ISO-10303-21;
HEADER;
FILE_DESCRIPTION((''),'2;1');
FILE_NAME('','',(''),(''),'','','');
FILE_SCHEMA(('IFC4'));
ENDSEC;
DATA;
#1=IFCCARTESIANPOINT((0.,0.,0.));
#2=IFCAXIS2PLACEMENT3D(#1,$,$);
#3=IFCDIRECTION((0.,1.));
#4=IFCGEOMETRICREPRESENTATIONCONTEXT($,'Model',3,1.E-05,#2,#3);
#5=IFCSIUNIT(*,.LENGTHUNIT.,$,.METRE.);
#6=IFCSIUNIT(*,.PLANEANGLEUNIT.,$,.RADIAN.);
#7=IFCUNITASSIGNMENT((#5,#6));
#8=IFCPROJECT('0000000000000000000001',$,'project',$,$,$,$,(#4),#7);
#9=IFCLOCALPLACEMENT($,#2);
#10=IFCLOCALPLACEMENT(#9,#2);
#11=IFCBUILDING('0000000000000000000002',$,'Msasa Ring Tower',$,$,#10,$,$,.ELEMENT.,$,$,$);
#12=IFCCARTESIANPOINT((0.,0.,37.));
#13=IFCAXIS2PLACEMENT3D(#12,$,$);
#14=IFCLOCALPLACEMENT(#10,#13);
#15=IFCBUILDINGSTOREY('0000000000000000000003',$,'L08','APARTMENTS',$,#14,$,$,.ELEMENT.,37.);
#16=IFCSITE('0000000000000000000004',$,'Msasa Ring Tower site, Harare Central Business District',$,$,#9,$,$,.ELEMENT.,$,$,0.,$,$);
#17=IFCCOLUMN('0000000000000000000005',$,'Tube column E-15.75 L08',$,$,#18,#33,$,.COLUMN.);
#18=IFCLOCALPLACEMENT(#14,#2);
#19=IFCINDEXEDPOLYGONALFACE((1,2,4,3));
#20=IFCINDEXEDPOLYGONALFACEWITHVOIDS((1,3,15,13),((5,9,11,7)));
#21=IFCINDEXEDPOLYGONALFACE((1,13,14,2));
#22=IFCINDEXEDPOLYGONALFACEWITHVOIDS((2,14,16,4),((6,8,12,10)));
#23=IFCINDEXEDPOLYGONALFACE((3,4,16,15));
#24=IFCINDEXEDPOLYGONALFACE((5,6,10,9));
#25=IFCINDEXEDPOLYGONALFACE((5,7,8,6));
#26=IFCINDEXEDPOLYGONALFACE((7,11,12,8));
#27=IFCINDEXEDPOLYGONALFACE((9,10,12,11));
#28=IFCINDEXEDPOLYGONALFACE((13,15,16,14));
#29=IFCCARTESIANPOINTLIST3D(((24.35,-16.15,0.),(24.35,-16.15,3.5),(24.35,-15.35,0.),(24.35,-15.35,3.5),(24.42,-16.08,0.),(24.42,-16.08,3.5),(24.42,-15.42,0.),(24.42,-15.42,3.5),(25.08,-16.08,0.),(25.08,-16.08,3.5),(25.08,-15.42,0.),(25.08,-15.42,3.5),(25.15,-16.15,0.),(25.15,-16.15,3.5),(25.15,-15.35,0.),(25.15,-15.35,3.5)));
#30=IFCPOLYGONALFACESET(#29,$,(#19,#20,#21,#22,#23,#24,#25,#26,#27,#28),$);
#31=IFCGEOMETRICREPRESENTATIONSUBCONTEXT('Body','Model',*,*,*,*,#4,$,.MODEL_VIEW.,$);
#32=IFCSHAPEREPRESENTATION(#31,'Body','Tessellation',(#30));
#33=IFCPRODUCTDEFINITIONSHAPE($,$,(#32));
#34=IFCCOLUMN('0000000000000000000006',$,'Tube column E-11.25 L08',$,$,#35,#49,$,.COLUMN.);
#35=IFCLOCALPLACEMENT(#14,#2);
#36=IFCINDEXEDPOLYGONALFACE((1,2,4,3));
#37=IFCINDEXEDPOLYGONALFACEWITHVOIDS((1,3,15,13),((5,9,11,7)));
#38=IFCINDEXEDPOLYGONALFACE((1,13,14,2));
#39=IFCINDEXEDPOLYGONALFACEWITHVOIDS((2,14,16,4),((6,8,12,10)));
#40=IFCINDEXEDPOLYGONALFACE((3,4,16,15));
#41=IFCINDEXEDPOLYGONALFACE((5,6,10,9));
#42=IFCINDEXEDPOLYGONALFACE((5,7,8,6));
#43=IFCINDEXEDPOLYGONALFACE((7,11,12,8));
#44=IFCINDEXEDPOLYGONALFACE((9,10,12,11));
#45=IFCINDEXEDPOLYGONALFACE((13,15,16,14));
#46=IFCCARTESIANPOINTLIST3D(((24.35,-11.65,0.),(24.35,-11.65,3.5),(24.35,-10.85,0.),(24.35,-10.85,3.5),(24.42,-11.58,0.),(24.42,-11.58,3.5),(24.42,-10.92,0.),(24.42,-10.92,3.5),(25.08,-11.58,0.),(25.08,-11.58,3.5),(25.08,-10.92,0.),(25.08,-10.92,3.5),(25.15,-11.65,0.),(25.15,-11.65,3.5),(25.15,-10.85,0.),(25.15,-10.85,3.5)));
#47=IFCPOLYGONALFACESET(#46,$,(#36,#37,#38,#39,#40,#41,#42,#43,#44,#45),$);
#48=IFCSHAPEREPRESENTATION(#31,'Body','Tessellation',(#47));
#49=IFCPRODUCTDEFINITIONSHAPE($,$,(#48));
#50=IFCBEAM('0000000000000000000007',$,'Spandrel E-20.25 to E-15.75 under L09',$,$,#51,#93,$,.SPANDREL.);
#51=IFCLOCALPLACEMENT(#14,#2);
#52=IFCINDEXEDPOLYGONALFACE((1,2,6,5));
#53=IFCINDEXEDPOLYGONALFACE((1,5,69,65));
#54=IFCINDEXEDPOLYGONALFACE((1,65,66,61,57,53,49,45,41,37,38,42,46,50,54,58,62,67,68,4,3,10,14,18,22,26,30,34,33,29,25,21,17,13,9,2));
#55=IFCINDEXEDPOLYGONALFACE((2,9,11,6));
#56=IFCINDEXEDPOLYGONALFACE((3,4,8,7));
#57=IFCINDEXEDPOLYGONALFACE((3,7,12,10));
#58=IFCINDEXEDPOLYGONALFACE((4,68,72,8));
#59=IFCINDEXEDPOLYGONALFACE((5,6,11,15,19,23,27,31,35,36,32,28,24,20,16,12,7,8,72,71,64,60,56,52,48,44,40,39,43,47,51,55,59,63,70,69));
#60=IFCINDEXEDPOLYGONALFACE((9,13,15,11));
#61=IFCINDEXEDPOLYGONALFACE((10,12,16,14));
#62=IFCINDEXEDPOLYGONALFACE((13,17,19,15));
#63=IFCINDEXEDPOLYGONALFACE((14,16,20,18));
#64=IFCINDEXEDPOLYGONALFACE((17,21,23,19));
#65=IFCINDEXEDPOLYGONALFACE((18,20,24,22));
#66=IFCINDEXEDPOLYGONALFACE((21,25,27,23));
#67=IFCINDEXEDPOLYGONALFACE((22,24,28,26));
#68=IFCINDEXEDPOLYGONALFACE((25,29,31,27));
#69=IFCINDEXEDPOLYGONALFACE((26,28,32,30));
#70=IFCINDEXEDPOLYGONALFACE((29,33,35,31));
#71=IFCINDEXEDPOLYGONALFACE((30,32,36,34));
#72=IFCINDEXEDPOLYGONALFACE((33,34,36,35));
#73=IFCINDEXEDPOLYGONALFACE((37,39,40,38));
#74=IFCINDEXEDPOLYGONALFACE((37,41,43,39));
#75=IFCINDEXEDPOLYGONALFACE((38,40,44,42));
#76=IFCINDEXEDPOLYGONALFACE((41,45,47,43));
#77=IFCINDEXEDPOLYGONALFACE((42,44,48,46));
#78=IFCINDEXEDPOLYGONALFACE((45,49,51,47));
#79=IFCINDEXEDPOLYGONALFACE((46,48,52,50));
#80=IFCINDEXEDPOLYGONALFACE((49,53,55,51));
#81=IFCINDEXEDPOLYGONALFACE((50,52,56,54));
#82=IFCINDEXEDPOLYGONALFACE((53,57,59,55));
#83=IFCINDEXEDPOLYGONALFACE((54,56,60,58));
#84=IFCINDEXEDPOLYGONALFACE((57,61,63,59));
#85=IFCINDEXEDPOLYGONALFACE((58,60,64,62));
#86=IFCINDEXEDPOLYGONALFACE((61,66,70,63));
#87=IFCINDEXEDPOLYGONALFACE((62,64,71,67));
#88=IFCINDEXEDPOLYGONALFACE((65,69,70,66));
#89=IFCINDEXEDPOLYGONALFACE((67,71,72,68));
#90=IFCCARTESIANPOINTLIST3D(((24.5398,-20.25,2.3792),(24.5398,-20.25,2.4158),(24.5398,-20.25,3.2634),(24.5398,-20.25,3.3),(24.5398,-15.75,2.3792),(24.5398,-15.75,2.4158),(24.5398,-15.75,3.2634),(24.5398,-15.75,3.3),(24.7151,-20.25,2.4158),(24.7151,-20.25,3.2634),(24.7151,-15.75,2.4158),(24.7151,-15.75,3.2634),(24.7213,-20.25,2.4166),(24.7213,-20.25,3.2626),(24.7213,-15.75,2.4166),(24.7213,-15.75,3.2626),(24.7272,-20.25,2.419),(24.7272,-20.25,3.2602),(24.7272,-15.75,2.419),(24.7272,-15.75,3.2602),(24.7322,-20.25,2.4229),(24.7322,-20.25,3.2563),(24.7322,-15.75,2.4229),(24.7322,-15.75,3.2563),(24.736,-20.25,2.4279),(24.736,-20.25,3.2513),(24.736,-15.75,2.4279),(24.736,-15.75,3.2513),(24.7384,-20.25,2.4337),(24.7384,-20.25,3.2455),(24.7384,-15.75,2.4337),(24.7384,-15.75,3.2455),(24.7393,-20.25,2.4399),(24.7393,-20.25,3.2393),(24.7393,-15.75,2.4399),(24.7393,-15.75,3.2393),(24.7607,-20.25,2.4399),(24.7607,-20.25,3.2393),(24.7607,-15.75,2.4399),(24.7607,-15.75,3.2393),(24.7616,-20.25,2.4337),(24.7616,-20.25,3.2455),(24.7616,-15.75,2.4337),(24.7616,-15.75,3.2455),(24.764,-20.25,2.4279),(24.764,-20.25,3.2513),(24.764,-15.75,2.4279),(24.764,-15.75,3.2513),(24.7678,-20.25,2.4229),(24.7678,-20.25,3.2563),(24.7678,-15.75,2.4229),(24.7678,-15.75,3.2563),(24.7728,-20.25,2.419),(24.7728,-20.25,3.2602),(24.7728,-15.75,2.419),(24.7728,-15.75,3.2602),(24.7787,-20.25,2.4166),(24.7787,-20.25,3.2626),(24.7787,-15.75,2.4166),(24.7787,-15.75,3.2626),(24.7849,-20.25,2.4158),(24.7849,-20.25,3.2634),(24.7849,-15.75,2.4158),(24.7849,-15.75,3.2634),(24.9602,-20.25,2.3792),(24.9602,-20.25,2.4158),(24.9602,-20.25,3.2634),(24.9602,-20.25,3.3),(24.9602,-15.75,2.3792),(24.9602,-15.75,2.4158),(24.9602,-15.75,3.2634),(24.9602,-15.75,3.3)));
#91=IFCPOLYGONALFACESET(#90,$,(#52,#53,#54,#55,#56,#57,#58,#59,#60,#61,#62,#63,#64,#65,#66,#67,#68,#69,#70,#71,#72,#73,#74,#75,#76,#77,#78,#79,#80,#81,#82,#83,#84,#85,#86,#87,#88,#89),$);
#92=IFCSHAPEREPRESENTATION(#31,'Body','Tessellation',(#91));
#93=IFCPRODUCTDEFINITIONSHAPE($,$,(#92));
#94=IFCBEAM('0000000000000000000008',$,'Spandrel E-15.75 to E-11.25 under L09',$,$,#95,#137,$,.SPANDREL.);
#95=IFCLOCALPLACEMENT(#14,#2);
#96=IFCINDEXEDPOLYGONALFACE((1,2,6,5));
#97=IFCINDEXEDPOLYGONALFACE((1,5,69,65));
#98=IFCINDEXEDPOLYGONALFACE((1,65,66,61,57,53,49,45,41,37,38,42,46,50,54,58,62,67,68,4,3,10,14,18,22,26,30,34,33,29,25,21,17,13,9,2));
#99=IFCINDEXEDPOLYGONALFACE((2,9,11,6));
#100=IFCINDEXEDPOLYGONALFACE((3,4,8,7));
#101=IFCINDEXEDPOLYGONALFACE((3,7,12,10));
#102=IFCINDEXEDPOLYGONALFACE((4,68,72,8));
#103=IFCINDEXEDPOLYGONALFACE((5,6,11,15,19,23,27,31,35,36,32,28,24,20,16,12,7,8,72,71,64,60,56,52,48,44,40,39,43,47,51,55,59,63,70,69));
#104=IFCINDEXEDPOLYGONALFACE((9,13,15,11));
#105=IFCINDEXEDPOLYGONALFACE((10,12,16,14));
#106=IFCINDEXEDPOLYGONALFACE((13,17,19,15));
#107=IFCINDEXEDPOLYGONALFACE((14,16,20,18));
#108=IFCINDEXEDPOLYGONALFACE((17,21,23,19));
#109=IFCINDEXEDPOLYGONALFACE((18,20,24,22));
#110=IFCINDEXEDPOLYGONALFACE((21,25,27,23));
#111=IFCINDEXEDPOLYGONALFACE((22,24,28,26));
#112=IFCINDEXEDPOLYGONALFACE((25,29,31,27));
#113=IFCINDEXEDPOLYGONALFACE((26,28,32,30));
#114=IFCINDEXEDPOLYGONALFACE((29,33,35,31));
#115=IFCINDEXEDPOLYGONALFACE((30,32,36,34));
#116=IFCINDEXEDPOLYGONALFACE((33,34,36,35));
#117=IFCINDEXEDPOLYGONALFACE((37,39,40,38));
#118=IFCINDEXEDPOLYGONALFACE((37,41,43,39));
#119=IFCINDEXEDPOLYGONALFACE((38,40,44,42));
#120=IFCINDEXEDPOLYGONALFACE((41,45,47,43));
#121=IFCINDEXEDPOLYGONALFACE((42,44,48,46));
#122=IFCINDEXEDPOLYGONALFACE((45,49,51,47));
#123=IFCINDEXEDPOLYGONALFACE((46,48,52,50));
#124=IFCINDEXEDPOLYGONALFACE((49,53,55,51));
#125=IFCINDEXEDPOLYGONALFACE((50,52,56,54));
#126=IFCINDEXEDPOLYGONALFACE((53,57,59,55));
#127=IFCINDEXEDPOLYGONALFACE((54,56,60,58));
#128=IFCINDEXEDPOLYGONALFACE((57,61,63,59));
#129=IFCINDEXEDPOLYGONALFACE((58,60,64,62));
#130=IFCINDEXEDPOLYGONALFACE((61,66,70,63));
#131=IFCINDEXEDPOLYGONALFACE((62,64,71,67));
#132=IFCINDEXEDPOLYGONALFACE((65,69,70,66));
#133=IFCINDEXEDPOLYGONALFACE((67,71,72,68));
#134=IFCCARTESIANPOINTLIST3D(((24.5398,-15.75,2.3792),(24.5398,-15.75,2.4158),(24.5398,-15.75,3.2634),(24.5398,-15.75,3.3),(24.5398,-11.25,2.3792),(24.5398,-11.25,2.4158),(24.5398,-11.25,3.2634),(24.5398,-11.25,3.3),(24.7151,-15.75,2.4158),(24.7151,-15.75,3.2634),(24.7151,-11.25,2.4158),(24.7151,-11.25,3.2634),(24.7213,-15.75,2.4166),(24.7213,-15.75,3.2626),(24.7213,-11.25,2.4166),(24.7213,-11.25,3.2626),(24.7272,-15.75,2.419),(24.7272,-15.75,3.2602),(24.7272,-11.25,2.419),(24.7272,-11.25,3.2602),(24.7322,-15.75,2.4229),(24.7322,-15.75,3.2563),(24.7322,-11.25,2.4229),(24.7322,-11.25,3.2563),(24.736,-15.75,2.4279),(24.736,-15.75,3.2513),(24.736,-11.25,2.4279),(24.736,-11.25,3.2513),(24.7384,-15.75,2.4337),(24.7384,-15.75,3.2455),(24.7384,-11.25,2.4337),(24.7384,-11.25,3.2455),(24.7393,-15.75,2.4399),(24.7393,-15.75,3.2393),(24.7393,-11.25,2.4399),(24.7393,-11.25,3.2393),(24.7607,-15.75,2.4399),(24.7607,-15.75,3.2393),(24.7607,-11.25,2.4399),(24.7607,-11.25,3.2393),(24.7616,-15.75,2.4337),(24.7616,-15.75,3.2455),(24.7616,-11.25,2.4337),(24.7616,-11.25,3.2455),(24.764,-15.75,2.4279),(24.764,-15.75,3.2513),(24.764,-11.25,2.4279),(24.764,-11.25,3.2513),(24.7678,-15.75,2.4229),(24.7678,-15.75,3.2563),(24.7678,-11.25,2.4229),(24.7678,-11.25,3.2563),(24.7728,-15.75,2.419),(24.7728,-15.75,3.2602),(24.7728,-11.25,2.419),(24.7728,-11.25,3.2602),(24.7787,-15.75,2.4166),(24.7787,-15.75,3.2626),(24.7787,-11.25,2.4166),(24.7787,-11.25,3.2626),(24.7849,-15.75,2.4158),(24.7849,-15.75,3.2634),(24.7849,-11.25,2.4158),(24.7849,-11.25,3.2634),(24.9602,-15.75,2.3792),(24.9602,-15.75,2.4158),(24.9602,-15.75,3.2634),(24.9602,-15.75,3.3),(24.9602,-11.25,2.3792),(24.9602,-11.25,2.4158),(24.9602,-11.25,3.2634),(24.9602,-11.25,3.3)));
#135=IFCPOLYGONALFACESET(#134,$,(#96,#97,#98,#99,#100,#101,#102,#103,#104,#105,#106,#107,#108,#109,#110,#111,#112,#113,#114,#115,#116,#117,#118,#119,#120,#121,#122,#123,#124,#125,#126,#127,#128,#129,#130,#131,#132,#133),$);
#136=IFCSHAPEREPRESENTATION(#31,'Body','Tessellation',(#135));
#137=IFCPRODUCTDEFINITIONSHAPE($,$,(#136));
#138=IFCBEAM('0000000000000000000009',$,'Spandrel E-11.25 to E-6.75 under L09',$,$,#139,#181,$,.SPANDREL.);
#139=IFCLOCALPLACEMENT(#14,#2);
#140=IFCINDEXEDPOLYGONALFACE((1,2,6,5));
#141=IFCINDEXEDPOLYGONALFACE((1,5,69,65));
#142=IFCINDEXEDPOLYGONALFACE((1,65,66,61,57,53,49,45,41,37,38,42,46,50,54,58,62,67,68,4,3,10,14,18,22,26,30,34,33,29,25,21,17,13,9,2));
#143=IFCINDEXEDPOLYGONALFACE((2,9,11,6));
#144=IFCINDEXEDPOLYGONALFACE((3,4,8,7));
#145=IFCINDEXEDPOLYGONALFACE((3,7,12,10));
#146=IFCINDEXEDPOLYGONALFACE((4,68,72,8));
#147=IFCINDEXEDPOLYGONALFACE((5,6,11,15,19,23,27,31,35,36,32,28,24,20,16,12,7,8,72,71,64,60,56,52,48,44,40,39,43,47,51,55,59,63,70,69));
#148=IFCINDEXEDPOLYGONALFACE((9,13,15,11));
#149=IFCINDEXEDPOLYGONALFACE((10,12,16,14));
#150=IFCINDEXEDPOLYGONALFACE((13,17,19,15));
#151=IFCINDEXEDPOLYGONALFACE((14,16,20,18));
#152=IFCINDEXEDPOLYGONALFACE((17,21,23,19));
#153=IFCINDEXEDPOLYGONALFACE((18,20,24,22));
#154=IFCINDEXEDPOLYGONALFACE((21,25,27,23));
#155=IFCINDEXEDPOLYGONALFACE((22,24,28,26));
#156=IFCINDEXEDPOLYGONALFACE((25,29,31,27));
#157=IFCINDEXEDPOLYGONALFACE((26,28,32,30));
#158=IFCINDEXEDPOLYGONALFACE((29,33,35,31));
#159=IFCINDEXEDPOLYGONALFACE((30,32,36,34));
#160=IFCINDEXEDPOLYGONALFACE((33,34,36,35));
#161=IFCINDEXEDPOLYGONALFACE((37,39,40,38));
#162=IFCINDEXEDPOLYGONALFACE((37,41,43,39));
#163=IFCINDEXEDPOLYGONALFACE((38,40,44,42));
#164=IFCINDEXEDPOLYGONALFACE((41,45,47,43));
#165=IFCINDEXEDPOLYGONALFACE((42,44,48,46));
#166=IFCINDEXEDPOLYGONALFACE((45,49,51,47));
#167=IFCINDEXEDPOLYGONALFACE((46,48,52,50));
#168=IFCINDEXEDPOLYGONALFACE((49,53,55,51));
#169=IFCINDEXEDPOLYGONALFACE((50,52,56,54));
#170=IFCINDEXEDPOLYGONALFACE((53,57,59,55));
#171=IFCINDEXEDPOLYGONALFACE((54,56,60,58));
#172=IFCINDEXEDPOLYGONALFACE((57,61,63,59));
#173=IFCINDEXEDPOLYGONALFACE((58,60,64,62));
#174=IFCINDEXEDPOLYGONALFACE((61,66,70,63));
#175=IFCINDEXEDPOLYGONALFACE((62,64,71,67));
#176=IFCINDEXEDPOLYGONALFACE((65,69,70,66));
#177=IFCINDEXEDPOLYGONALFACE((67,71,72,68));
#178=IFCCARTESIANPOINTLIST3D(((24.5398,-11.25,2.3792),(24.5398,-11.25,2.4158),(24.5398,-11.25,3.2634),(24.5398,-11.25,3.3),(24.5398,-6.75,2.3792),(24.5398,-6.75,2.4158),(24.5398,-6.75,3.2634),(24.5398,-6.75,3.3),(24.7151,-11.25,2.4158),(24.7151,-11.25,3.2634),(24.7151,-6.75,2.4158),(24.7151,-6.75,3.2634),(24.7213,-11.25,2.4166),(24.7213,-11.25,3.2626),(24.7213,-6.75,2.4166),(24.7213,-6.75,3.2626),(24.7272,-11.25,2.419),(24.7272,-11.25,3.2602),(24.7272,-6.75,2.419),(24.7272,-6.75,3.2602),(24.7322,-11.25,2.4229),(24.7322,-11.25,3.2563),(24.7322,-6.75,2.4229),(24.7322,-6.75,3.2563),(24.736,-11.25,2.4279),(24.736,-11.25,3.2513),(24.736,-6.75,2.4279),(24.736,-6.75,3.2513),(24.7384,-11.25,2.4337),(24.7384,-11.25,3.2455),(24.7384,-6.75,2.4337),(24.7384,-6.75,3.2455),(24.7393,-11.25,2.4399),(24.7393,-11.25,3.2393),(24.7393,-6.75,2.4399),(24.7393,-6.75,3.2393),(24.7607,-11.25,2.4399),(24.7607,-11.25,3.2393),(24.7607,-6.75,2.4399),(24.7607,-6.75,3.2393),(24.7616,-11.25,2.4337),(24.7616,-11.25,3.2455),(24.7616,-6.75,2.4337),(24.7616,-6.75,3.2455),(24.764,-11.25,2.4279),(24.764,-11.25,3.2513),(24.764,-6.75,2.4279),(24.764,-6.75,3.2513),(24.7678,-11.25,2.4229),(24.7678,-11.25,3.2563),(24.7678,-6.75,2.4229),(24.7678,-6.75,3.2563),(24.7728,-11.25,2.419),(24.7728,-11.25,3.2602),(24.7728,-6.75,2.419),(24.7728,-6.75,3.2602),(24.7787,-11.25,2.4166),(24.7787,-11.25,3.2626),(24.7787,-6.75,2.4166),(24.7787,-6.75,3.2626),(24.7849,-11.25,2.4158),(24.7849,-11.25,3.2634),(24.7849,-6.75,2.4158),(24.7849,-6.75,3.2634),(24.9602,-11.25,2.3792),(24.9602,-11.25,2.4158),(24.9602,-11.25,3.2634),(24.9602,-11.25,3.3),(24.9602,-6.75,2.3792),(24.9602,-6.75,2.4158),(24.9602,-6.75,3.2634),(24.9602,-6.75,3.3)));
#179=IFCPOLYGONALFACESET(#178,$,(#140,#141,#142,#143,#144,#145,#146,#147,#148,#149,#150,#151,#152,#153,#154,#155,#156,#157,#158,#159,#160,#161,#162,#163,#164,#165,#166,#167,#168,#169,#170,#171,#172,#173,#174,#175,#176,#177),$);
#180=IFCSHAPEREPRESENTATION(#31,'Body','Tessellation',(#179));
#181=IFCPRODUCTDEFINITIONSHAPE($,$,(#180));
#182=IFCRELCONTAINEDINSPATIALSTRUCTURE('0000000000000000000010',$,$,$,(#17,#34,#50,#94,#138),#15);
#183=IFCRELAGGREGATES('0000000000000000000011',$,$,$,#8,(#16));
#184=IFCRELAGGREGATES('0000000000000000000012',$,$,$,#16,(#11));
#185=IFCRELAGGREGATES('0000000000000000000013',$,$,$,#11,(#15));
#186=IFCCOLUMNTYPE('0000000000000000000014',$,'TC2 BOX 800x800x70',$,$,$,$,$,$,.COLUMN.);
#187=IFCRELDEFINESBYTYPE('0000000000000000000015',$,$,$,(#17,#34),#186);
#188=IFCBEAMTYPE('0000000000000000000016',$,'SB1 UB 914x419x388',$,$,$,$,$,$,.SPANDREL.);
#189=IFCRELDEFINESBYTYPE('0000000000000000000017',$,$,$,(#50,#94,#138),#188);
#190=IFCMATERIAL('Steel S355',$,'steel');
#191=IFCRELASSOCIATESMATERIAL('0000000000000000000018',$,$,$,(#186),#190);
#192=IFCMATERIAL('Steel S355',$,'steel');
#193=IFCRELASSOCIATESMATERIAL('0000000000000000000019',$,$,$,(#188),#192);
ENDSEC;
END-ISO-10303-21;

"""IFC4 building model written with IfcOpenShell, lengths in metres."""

from ifc_helpers import new_model, si_unit, direction, frame, origin, origin_2d, place, context, subcontext, project, spatial, hollow_rectangle, i_section, extrude, material, material_profile, profile_set, type_object, element, save


model = new_model("IFC4")

# Units and contexts
model_context = context("Model", 3, precision=1e-05, world=origin(), true_north=direction((0.0, 1.0)))
body_context = subcontext(model_context, "Body", "Model", "MODEL_VIEW")
ifc_project = project(units=[si_unit("LENGTHUNIT", "METRE"), si_unit("PLANEANGLEUNIT", "RADIAN")], contexts=[model_context])

# Site, building, storey
site_placement = place(None, origin())
site = spatial("IfcSite", under=ifc_project, at=site_placement, Name="Msasa Ring Tower site, Harare Central Business District", CompositionType="ELEMENT", RefElevation=0.0)
building_placement = place(site_placement, origin())
building = spatial("IfcBuilding", under=site, at=building_placement, Name="Msasa Ring Tower", CompositionType="ELEMENT")
storey_placement = place(building_placement, frame((0.0, 0.0, 37.0)))
storey = spatial("IfcBuildingStorey", under=building, at=storey_placement, Name="L08", Description="APARTMENTS", CompositionType="ELEMENT", Elevation=37.0)

# Columns
ifc_material_1 = material(Name="Steel S355", Category="steel")
ifc_material_profile_1 = material_profile(ifc_material_1, hollow_rectangle(XDim=0.8, YDim=0.8, WallThickness=0.0701, at=origin_2d()), Name="BOX 800x800x70")
ifc_profile_set_1 = profile_set([ifc_material_profile_1], Name="Steel S355")
column_type = type_object("IfcColumnType", Name="TC2 BOX 800x800x70", PredefinedType="COLUMN", material=ifc_profile_set_1)
for number, where, z_axis, x_axis, name in (
    (1, (24.75, -15.75, 0.0), (0.0, 0.0, 1.0), (1.0, 0.0, 0.0), "Tube column E-15.75 L08"),
    (2, (24.75, -11.25, 0.0), (0.0, 0.0, 1.0), (1.0, 0.0, 0.0), "Tube column E-11.25 L08"),
):
    element("IfcColumn", number, at=place(storey_placement, frame(where, z_axis=z_axis, x_axis=x_axis)), inside=storey, type_object=column_type, Name=name, PredefinedType="COLUMN", context=body_context, shape_type="SweptSolid", body=[
        extrude(hollow_rectangle(XDim=0.8, YDim=0.8, WallThickness=0.0701, at=origin_2d()), origin(), (0.0, 0.0, 1.0), 3.5),
    ])

# Beams
ifc_material_2 = material(Name="Steel S355", Category="steel")
ifc_material_profile_2 = material_profile(ifc_material_2, i_section(OverallWidth=0.4204, OverallDepth=0.9209, WebThickness=0.0215, FlangeThickness=0.0366, FilletRadius=0.0242, at=origin_2d()), Name="UB 914x419x388")
ifc_profile_set_2 = profile_set([ifc_material_profile_2], Name="Steel S355")
beam_type = type_object("IfcBeamType", Name="SB1 UB 914x419x388", PredefinedType="SPANDREL", material=ifc_profile_set_2)
for number, where, z_axis, x_axis, name in (
    (3, (24.75, -20.25, 2.8396), (0.0, 1.0, 0.0), (-1.0, 0.0, 0.0), "Spandrel E-20.25 to E-15.75 under L09"),
    (4, (24.75, -15.75, 2.8396), (0.0, 1.0, 0.0), (-1.0, 0.0, 0.0), "Spandrel E-15.75 to E-11.25 under L09"),
    (5, (24.75, -11.25, 2.8396), (0.0, 1.0, 0.0), (-1.0, 0.0, 0.0), "Spandrel E-11.25 to E-6.75 under L09"),
):
    element("IfcBeam", number, at=place(storey_placement, frame(where, z_axis=z_axis, x_axis=x_axis)), inside=storey, type_object=beam_type, Name=name, PredefinedType="SPANDREL", context=body_context, shape_type="SweptSolid", body=[
        extrude(i_section(OverallWidth=0.4204, OverallDepth=0.9209, WebThickness=0.0215, FlangeThickness=0.0366, FilletRadius=0.0242, at=origin_2d()), origin(), (0.0, 0.0, 1.0), 4.5),
    ])

save(model, "model.ifc")
